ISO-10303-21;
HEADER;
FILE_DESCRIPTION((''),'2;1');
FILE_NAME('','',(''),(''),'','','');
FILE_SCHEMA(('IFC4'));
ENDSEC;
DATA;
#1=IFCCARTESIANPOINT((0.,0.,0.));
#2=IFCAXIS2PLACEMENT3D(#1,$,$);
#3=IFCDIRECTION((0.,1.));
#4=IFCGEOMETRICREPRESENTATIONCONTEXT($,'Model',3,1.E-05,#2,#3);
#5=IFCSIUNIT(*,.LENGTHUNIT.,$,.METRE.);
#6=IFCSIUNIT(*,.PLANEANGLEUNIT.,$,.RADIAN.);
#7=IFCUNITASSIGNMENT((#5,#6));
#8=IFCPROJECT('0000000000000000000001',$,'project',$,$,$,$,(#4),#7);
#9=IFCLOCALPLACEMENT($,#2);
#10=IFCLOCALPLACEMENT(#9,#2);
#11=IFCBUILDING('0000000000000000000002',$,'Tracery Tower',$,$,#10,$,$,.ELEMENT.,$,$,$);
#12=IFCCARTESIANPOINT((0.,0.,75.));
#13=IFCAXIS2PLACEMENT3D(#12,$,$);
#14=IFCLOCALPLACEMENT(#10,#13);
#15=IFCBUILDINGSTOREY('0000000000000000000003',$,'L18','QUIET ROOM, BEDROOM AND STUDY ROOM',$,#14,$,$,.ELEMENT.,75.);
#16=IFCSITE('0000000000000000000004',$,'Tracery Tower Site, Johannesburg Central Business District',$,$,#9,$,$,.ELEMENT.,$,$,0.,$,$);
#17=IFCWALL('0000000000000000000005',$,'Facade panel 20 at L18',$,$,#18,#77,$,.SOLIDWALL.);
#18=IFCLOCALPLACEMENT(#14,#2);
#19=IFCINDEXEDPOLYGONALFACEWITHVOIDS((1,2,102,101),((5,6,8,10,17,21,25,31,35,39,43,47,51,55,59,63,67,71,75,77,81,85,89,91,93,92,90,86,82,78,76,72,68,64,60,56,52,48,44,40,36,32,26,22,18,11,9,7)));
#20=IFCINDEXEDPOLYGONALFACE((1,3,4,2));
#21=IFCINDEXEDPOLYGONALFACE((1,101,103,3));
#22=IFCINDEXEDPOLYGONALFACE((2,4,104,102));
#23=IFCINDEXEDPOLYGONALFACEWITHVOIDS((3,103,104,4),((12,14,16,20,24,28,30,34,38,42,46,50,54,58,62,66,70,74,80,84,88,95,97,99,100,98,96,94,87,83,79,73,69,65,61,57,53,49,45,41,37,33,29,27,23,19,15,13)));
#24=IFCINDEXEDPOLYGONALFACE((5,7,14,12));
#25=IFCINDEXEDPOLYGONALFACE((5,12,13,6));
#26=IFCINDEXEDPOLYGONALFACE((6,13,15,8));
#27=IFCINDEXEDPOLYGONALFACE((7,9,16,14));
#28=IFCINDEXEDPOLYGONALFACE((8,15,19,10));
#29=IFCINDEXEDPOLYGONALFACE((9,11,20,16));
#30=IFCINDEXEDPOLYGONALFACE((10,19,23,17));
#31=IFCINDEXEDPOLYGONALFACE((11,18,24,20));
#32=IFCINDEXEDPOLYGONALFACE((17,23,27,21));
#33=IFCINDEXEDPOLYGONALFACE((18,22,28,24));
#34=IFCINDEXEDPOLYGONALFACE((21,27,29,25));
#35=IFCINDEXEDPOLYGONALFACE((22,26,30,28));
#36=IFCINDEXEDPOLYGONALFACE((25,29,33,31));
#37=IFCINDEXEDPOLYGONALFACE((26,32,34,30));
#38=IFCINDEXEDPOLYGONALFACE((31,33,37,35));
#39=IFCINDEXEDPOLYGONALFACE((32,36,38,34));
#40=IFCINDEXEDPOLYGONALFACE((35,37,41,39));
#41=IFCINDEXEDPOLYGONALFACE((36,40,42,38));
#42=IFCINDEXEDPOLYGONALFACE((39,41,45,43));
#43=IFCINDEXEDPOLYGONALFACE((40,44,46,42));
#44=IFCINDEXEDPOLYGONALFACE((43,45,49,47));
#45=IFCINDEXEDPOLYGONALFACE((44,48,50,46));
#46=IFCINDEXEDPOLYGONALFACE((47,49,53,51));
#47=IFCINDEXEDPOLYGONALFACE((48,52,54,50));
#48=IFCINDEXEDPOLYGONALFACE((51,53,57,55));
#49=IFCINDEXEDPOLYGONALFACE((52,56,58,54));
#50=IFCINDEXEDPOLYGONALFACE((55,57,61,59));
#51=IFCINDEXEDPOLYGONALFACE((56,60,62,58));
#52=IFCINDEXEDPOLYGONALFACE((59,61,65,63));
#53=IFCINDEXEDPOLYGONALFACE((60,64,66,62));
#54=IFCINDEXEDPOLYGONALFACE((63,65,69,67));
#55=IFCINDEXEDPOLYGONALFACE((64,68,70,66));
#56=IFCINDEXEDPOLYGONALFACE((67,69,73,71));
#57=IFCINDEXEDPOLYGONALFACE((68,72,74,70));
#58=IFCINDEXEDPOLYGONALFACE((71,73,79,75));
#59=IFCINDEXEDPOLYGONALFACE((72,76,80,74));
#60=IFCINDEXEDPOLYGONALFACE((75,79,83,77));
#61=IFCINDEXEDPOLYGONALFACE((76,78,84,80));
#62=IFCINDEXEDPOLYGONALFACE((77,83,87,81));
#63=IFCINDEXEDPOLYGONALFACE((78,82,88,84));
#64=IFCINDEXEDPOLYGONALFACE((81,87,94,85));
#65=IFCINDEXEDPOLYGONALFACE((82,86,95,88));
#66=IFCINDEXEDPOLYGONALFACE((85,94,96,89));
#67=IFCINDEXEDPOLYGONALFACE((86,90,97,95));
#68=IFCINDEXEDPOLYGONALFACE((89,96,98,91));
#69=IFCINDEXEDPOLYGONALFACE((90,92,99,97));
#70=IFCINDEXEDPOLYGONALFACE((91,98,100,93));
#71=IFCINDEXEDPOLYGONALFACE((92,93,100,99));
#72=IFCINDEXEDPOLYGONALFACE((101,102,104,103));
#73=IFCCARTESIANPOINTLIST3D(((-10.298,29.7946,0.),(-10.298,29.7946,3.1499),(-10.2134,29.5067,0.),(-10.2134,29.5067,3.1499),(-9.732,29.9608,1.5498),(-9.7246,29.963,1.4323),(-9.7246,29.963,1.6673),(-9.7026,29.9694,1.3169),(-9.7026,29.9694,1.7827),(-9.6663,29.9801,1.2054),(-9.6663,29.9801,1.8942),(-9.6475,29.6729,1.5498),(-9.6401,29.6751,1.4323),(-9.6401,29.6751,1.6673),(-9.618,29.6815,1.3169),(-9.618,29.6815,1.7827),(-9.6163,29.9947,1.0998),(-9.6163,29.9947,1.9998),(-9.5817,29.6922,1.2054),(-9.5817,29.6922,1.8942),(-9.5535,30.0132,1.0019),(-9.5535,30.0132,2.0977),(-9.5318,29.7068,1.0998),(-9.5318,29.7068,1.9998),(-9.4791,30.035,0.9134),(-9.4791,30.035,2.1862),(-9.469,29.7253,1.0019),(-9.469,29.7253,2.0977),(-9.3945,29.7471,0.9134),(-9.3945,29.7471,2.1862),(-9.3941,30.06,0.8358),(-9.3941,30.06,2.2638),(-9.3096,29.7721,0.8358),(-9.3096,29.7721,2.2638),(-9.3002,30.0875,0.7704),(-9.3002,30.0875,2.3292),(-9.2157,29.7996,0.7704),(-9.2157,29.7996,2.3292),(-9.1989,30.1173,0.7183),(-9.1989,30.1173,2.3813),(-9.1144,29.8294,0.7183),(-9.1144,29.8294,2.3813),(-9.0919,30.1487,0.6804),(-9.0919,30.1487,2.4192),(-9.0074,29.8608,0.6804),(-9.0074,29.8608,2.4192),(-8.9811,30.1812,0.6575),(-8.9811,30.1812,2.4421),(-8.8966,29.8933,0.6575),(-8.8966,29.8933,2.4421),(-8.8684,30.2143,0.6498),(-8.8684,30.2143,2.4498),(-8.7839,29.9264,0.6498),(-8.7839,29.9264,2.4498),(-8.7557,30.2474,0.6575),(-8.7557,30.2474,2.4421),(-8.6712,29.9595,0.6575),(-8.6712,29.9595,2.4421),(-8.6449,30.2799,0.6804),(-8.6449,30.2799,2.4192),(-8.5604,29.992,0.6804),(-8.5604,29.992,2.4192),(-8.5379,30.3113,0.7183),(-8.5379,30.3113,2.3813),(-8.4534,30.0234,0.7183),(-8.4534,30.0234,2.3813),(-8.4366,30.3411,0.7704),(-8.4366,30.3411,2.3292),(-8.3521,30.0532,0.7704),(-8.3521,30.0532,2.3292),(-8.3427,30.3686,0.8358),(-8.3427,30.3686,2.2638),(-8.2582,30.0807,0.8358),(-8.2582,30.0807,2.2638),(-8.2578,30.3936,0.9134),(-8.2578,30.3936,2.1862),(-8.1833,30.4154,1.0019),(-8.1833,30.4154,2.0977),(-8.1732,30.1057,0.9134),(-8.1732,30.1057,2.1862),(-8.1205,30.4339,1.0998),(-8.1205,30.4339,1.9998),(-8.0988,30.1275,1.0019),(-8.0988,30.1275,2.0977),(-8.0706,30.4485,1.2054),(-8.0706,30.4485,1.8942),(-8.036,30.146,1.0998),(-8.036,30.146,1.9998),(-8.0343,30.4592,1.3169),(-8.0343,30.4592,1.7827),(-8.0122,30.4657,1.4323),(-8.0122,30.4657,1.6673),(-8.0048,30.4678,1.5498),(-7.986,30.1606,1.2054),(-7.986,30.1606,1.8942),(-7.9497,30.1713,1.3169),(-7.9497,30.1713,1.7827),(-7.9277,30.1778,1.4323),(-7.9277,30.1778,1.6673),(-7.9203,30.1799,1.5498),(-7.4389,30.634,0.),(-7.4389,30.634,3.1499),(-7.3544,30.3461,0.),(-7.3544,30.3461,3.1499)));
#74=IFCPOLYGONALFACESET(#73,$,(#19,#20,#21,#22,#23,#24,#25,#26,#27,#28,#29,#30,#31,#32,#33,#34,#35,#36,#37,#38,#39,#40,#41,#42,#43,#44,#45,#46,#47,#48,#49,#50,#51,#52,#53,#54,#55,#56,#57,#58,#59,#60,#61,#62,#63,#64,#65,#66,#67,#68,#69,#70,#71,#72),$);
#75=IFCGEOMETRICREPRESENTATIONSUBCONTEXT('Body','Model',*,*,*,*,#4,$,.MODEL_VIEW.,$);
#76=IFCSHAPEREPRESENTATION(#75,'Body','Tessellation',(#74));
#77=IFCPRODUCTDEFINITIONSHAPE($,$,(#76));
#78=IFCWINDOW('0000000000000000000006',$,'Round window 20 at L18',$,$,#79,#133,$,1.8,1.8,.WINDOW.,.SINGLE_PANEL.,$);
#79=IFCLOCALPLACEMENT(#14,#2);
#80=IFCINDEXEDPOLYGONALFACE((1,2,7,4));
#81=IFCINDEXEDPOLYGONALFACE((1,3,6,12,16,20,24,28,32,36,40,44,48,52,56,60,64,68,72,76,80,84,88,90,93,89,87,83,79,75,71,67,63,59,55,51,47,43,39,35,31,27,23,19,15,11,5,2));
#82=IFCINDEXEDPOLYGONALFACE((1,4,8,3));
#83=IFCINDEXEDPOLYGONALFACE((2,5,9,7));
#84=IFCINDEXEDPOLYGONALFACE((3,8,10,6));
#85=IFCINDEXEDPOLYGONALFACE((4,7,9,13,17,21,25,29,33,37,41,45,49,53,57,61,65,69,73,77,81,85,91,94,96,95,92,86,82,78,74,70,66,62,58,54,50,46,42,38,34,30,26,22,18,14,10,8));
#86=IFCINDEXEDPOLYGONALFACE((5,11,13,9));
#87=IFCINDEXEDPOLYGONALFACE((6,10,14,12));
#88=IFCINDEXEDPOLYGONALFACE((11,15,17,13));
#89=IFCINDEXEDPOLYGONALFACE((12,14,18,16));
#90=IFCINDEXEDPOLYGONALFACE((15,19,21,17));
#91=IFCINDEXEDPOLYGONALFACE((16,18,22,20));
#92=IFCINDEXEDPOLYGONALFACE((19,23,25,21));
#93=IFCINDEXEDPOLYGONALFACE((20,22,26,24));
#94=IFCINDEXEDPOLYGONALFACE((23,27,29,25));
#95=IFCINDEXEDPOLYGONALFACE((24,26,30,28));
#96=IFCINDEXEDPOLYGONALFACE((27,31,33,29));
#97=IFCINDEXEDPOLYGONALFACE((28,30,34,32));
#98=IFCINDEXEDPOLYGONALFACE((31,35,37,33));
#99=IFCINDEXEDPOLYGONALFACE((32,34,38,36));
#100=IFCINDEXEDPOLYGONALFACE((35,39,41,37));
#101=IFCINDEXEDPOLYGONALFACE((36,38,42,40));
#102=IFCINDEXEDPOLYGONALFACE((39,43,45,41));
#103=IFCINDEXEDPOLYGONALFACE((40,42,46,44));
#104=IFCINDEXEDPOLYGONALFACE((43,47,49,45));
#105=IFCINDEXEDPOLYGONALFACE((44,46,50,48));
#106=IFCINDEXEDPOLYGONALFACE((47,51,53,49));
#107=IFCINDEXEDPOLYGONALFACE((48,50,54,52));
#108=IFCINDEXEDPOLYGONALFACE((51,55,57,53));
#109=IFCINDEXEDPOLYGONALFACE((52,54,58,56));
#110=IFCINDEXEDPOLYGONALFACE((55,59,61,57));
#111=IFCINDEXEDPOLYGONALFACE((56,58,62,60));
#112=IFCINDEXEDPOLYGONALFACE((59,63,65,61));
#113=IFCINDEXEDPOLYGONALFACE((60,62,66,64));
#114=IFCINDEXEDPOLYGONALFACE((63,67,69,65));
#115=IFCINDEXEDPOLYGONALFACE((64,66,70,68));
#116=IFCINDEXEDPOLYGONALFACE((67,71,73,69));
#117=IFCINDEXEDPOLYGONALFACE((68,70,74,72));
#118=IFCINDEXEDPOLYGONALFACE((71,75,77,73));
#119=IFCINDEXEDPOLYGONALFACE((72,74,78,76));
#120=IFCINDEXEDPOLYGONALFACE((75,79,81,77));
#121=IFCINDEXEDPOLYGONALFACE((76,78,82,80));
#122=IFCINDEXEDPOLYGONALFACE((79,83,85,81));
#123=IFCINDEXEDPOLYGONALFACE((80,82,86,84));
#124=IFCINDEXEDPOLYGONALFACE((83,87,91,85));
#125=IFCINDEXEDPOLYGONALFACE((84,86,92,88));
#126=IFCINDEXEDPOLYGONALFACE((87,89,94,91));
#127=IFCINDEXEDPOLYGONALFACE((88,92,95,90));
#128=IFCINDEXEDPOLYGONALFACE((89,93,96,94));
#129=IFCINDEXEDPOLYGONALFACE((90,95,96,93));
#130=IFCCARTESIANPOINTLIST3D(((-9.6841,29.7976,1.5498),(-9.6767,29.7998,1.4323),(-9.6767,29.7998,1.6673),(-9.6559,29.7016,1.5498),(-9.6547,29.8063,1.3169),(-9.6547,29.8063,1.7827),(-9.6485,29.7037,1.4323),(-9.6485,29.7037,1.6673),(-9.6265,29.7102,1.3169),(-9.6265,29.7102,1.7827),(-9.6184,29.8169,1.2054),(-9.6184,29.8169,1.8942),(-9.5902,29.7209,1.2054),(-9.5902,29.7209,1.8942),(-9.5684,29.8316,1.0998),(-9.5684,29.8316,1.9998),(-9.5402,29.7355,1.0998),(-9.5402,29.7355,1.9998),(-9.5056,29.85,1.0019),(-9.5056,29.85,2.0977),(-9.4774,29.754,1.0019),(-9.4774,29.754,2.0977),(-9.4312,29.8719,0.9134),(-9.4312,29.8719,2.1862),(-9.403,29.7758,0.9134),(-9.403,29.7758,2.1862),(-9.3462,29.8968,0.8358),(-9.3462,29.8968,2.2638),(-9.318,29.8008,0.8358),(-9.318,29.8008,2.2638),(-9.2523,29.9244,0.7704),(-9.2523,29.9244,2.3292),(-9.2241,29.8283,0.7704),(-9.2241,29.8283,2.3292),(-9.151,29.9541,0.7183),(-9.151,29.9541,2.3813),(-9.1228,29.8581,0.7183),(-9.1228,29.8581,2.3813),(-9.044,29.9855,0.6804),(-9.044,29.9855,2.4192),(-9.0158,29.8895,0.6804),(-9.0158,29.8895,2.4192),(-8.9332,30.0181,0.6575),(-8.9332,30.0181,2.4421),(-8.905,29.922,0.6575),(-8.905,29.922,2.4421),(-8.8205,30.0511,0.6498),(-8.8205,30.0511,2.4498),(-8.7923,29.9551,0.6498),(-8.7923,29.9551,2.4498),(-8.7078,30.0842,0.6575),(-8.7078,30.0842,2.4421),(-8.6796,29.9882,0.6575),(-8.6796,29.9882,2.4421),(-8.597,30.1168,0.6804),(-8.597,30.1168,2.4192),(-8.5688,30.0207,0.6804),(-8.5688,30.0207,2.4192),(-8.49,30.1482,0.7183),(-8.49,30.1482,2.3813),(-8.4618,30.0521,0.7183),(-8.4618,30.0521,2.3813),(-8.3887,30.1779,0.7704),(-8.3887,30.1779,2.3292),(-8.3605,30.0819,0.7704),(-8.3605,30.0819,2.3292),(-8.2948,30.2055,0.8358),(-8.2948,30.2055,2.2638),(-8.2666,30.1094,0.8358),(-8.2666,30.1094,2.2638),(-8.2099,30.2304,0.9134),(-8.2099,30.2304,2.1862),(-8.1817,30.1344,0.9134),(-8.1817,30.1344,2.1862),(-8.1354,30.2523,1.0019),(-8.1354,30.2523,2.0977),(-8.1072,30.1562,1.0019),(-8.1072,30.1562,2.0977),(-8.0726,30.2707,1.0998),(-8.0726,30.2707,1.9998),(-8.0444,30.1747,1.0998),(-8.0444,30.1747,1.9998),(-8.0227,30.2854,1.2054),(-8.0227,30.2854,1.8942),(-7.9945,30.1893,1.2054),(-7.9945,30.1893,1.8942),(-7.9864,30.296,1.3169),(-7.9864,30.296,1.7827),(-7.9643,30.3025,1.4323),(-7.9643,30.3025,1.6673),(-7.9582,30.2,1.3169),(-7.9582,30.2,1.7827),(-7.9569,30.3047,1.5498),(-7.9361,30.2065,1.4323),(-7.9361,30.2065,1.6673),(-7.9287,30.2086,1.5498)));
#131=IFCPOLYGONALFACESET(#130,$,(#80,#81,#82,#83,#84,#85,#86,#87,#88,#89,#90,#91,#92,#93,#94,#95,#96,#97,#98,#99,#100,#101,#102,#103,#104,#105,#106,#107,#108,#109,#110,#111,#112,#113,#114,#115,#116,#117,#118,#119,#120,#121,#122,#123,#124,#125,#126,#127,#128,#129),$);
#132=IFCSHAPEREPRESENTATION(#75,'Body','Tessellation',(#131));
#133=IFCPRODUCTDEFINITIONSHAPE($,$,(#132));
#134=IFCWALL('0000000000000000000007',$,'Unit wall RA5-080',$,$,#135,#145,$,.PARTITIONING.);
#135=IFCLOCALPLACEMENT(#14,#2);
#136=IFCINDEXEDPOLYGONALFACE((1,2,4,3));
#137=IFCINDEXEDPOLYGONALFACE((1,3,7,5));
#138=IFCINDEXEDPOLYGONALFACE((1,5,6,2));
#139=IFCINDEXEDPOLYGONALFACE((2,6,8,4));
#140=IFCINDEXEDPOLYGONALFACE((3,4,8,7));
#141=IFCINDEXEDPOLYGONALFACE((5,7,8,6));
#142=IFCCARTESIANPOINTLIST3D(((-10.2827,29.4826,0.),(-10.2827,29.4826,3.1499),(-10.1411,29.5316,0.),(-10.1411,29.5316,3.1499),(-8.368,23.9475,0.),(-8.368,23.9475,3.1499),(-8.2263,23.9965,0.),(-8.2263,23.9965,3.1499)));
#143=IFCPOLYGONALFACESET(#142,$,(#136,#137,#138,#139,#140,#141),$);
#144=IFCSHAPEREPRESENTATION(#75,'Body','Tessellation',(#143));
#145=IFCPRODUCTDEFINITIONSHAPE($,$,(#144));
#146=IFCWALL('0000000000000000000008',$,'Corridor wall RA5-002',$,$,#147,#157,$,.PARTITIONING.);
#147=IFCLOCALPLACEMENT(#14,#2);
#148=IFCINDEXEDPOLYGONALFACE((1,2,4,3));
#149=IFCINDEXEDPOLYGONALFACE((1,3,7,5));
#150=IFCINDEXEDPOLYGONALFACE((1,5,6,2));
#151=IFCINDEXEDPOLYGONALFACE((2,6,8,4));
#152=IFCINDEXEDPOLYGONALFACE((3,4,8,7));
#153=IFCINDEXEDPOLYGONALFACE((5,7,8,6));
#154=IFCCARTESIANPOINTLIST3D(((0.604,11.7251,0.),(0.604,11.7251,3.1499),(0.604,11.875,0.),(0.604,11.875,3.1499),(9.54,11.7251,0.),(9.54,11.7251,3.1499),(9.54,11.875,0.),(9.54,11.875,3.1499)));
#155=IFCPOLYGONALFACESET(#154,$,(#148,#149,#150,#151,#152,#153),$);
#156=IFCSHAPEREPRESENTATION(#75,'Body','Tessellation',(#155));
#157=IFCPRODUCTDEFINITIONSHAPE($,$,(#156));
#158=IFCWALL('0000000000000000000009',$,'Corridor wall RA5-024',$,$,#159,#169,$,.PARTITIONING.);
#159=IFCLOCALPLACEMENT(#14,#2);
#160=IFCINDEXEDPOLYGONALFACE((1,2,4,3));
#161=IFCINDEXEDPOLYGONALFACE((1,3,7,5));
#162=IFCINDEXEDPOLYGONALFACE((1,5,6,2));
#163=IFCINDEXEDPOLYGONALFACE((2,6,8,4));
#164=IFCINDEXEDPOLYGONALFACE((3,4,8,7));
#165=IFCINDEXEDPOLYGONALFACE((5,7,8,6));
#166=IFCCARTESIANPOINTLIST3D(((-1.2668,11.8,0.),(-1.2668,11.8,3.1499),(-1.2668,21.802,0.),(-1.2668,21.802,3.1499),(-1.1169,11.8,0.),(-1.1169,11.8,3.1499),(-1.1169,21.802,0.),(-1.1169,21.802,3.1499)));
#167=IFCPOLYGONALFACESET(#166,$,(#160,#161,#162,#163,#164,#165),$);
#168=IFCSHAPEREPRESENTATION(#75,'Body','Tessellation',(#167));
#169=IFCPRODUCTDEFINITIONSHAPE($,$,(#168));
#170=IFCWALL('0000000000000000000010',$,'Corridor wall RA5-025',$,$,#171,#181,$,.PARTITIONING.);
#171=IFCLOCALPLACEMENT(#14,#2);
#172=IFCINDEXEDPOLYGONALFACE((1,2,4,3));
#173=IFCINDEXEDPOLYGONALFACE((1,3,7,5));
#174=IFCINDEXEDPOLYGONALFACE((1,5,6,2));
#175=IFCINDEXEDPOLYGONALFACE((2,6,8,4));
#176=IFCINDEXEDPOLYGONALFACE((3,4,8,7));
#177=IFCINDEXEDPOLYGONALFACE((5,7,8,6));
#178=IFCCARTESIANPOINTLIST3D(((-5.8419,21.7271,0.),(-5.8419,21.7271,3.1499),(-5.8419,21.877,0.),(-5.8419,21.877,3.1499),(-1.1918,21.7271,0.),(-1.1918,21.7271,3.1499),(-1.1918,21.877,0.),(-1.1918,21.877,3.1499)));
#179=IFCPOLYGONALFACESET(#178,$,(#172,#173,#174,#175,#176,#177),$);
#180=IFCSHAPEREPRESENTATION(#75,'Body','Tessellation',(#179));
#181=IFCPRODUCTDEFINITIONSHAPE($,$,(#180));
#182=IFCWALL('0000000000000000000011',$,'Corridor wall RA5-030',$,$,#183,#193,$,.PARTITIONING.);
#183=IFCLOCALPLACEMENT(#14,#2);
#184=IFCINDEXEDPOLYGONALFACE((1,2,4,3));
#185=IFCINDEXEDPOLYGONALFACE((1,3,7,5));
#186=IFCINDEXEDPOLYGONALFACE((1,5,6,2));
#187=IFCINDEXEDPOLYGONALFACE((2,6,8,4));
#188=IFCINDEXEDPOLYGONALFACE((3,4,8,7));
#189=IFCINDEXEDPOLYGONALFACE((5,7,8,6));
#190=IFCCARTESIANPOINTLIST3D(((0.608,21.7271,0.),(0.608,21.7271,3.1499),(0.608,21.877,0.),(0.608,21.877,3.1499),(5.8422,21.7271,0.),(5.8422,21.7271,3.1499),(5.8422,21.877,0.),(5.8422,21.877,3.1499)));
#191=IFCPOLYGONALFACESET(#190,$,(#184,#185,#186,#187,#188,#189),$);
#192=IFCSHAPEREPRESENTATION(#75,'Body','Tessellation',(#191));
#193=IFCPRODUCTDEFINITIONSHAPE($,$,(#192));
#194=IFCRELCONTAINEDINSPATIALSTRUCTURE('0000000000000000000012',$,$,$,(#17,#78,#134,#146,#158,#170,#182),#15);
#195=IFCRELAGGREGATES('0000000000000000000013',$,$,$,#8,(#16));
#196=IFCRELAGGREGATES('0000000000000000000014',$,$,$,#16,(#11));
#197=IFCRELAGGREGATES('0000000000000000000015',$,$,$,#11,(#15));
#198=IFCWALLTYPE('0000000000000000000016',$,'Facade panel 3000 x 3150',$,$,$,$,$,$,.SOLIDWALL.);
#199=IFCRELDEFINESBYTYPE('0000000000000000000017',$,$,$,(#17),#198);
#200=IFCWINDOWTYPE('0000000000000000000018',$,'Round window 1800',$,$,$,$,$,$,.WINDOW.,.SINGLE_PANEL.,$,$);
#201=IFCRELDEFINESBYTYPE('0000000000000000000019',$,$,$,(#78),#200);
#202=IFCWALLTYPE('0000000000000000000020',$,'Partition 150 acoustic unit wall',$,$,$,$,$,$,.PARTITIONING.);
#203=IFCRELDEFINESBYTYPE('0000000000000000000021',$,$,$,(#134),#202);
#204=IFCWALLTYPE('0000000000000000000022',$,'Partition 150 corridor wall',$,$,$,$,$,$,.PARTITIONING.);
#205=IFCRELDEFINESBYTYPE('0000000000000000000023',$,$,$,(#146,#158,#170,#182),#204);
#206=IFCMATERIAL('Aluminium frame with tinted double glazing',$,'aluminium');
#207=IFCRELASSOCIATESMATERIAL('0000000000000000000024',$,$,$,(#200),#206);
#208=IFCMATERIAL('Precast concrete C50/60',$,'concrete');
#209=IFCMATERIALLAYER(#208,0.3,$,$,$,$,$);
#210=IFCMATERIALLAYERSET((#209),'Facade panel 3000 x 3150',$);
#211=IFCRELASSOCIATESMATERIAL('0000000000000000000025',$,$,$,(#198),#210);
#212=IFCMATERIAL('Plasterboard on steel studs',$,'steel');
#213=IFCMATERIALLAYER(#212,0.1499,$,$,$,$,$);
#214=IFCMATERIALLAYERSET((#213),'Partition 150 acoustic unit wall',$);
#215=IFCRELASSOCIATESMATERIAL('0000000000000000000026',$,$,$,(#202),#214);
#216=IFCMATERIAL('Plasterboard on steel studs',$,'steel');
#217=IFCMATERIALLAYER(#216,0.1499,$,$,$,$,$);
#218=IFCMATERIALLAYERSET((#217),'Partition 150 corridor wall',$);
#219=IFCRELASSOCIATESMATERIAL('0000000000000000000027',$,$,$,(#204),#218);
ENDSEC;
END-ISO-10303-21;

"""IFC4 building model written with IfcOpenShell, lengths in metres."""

from ifc_helpers import new_model, si_unit, direction, frame, frame_2d, origin, origin_2d, place, context, subcontext, project, spatial, rectangle, circle, extrude, material, layer, layer_set, type_object, element, fill, save


model = new_model("IFC4")

# Units and contexts
model_context = context("Model", 3, precision=1e-05, world=origin(), true_north=direction((0.0, 1.0)))
body_context = subcontext(model_context, "Body", "Model", "MODEL_VIEW")
ifc_project = project(units=[si_unit("LENGTHUNIT", "METRE"), si_unit("PLANEANGLEUNIT", "RADIAN")], contexts=[model_context])

# Site, building, storey
site_placement = place(None, origin())
site = spatial("IfcSite", under=ifc_project, at=site_placement, Name="Tracery Tower Site, Johannesburg Central Business District", CompositionType="ELEMENT", RefElevation=0.0)
building_placement = place(site_placement, origin())
building = spatial("IfcBuilding", under=site, at=building_placement, Name="Tracery Tower", CompositionType="ELEMENT")
storey_placement = place(building_placement, frame((0.0, 0.0, 75.0)))
storey = spatial("IfcBuildingStorey", under=building, at=storey_placement, Name="L18", Description="QUIET ROOM, BEDROOM AND STUDY ROOM", CompositionType="ELEMENT", Elevation=75.0)

# Wall, opening, window
ifc_material_1 = material(Name="Aluminium frame with tinted double glazing", Category="aluminium")
window_type = type_object("IfcWindowType", Name="Round window 1800", PartitioningType="SINGLE_PANEL", PredefinedType="WINDOW", material=ifc_material_1)
ifc_material_2 = material(Name="Precast concrete C50/60", Category="concrete")
ifc_layer_1 = layer(ifc_material_2, 0.3)
ifc_layer_set_1 = layer_set([ifc_layer_1], Name="Facade panel 3000 x 3150")
wall_type_1 = type_object("IfcWallType", Name="Facade panel 3000 x 3150", PredefinedType="SOLIDWALL", material=ifc_layer_set_1)
wall_1_placement = place(storey_placement, frame((-7.3967, 30.49, 0.0), z_axis=(0.0, 0.0, 1.0), x_axis=(-0.959508, -0.281683, 0.0)))
wall_1 = element("IfcWall", 1, at=wall_1_placement, inside=storey, type_object=wall_type_1, Name="Facade panel 20 at L18", PredefinedType="SOLIDWALL", context=body_context, shape_type="SweptSolid", body=[
    extrude(rectangle(XDim=2.9797, YDim=0.3, at=frame_2d((1.4897, 0.0))), origin(), (0.0, 0.0, 1.0), 3.1499),
])
opening_1_placement = place(wall_1_placement, frame((1.4897, 0.0, 1.5498)))
opening_1 = element("IfcOpeningElement", 2, at=opening_1_placement, cuts=wall_1, PredefinedType="OPENING", context=body_context, shape_type="SweptSolid", body=[
    extrude(circle(Radius=0.9, at=origin_2d()), frame((0.0, 0.1599, 0.0), z_axis=(0.0, -1.0, 0.0), x_axis=(1.0, 0.0, 0.0)), (0.0, 0.0, 1.0), 0.3201),
])
window_1_placement = place(opening_1_placement, origin())
window_1 = element("IfcWindow", 3, at=window_1_placement, inside=storey, type_object=window_type, Name="Round window 20 at L18", OverallHeight=1.8, OverallWidth=1.8, PartitioningType="SINGLE_PANEL", PredefinedType="WINDOW", context=body_context, shape_type="SweptSolid", body=[
    extrude(circle(Radius=0.9, at=origin_2d()), frame((0.0, 0.1201, 0.0), z_axis=(0.0, -1.0, 0.0), x_axis=(1.0, 0.0, 0.0)), (0.0, 0.0, 1.0), 0.1001),
])
fill(opening_1, window_1)

# Walls
ifc_material_3 = material(Name="Plasterboard on steel studs", Category="steel")
ifc_layer_2 = layer(ifc_material_3, 0.1499)
ifc_layer_set_2 = layer_set([ifc_layer_2], Name="Partition 150 acoustic unit wall")
wall_type_2 = type_object("IfcWallType", Name="Partition 150 acoustic unit wall", PredefinedType="PARTITIONING", material=ifc_layer_set_2)
wall_2_placement = place(storey_placement, frame((-10.2119, 29.5071, 0.0), z_axis=(0.0, 0.0, 1.0), x_axis=(0.326924, -0.94505, 0.0)))
element("IfcWall", 4, at=wall_2_placement, inside=storey, type_object=wall_type_2, Name="Unit wall RA5-080", PredefinedType="PARTITIONING", context=body_context, shape_type="SweptSolid", body=[
    extrude(rectangle(XDim=5.8569, YDim=0.1499, at=frame_2d((2.9285, 0.0))), origin(), (0.0, 0.0, 1.0), 3.1499),
])
ifc_material_4 = material(Name="Plasterboard on steel studs", Category="steel")
ifc_layer_3 = layer(ifc_material_4, 0.1499)
ifc_layer_set_3 = layer_set([ifc_layer_3], Name="Partition 150 corridor wall")
wall_type_3 = type_object("IfcWallType", Name="Partition 150 corridor wall", PredefinedType="PARTITIONING", material=ifc_layer_set_3)
wall_3_placement = place(storey_placement, frame((0.604, 11.8, 0.0), z_axis=(0.0, 0.0, 1.0), x_axis=(1.0, 0.0, 0.0)))
element("IfcWall", 5, at=wall_3_placement, inside=storey, type_object=wall_type_3, Name="Corridor wall RA5-002", PredefinedType="PARTITIONING", context=body_context, shape_type="SweptSolid", body=[
    extrude(rectangle(XDim=8.936, YDim=0.1499, at=frame_2d((4.468, 0.0))), origin(), (0.0, 0.0, 1.0), 3.1499),
])
wall_4_placement = place(storey_placement, frame((-1.1919, 11.8, 0.0), z_axis=(0.0, 0.0, 1.0), x_axis=(0.0, 1.0, 0.0)))
element("IfcWall", 6, at=wall_4_placement, inside=storey, type_object=wall_type_3, Name="Corridor wall RA5-024", PredefinedType="PARTITIONING", context=body_context, shape_type="SweptSolid", body=[
    extrude(rectangle(XDim=10.002, YDim=0.1499, at=frame_2d((5.001, 0.0))), origin(), (0.0, 0.0, 1.0), 3.1499),
])
wall_5_placement = place(storey_placement, frame((-5.842, 21.802, 0.0), z_axis=(0.0, 0.0, 1.0), x_axis=(1.0, 0.0, 0.0)))
element("IfcWall", 7, at=wall_5_placement, inside=storey, type_object=wall_type_3, Name="Corridor wall RA5-025", PredefinedType="PARTITIONING", context=body_context, shape_type="SweptSolid", body=[
    extrude(rectangle(XDim=4.6501, YDim=0.1499, at=frame_2d((2.3252, 0.0))), origin(), (0.0, 0.0, 1.0), 3.1499),
])
wall_6_placement = place(storey_placement, frame((0.6079, 21.802, 0.0), z_axis=(0.0, 0.0, 1.0), x_axis=(1.0, 0.0, 0.0)))
element("IfcWall", 8, at=wall_6_placement, inside=storey, type_object=wall_type_3, Name="Corridor wall RA5-030", PredefinedType="PARTITIONING", context=body_context, shape_type="SweptSolid", body=[
    extrude(rectangle(XDim=5.2341, YDim=0.1499, at=frame_2d((2.6172, 0.0))), origin(), (0.0, 0.0, 1.0), 3.1499),
])

save(model, "model.ifc")
